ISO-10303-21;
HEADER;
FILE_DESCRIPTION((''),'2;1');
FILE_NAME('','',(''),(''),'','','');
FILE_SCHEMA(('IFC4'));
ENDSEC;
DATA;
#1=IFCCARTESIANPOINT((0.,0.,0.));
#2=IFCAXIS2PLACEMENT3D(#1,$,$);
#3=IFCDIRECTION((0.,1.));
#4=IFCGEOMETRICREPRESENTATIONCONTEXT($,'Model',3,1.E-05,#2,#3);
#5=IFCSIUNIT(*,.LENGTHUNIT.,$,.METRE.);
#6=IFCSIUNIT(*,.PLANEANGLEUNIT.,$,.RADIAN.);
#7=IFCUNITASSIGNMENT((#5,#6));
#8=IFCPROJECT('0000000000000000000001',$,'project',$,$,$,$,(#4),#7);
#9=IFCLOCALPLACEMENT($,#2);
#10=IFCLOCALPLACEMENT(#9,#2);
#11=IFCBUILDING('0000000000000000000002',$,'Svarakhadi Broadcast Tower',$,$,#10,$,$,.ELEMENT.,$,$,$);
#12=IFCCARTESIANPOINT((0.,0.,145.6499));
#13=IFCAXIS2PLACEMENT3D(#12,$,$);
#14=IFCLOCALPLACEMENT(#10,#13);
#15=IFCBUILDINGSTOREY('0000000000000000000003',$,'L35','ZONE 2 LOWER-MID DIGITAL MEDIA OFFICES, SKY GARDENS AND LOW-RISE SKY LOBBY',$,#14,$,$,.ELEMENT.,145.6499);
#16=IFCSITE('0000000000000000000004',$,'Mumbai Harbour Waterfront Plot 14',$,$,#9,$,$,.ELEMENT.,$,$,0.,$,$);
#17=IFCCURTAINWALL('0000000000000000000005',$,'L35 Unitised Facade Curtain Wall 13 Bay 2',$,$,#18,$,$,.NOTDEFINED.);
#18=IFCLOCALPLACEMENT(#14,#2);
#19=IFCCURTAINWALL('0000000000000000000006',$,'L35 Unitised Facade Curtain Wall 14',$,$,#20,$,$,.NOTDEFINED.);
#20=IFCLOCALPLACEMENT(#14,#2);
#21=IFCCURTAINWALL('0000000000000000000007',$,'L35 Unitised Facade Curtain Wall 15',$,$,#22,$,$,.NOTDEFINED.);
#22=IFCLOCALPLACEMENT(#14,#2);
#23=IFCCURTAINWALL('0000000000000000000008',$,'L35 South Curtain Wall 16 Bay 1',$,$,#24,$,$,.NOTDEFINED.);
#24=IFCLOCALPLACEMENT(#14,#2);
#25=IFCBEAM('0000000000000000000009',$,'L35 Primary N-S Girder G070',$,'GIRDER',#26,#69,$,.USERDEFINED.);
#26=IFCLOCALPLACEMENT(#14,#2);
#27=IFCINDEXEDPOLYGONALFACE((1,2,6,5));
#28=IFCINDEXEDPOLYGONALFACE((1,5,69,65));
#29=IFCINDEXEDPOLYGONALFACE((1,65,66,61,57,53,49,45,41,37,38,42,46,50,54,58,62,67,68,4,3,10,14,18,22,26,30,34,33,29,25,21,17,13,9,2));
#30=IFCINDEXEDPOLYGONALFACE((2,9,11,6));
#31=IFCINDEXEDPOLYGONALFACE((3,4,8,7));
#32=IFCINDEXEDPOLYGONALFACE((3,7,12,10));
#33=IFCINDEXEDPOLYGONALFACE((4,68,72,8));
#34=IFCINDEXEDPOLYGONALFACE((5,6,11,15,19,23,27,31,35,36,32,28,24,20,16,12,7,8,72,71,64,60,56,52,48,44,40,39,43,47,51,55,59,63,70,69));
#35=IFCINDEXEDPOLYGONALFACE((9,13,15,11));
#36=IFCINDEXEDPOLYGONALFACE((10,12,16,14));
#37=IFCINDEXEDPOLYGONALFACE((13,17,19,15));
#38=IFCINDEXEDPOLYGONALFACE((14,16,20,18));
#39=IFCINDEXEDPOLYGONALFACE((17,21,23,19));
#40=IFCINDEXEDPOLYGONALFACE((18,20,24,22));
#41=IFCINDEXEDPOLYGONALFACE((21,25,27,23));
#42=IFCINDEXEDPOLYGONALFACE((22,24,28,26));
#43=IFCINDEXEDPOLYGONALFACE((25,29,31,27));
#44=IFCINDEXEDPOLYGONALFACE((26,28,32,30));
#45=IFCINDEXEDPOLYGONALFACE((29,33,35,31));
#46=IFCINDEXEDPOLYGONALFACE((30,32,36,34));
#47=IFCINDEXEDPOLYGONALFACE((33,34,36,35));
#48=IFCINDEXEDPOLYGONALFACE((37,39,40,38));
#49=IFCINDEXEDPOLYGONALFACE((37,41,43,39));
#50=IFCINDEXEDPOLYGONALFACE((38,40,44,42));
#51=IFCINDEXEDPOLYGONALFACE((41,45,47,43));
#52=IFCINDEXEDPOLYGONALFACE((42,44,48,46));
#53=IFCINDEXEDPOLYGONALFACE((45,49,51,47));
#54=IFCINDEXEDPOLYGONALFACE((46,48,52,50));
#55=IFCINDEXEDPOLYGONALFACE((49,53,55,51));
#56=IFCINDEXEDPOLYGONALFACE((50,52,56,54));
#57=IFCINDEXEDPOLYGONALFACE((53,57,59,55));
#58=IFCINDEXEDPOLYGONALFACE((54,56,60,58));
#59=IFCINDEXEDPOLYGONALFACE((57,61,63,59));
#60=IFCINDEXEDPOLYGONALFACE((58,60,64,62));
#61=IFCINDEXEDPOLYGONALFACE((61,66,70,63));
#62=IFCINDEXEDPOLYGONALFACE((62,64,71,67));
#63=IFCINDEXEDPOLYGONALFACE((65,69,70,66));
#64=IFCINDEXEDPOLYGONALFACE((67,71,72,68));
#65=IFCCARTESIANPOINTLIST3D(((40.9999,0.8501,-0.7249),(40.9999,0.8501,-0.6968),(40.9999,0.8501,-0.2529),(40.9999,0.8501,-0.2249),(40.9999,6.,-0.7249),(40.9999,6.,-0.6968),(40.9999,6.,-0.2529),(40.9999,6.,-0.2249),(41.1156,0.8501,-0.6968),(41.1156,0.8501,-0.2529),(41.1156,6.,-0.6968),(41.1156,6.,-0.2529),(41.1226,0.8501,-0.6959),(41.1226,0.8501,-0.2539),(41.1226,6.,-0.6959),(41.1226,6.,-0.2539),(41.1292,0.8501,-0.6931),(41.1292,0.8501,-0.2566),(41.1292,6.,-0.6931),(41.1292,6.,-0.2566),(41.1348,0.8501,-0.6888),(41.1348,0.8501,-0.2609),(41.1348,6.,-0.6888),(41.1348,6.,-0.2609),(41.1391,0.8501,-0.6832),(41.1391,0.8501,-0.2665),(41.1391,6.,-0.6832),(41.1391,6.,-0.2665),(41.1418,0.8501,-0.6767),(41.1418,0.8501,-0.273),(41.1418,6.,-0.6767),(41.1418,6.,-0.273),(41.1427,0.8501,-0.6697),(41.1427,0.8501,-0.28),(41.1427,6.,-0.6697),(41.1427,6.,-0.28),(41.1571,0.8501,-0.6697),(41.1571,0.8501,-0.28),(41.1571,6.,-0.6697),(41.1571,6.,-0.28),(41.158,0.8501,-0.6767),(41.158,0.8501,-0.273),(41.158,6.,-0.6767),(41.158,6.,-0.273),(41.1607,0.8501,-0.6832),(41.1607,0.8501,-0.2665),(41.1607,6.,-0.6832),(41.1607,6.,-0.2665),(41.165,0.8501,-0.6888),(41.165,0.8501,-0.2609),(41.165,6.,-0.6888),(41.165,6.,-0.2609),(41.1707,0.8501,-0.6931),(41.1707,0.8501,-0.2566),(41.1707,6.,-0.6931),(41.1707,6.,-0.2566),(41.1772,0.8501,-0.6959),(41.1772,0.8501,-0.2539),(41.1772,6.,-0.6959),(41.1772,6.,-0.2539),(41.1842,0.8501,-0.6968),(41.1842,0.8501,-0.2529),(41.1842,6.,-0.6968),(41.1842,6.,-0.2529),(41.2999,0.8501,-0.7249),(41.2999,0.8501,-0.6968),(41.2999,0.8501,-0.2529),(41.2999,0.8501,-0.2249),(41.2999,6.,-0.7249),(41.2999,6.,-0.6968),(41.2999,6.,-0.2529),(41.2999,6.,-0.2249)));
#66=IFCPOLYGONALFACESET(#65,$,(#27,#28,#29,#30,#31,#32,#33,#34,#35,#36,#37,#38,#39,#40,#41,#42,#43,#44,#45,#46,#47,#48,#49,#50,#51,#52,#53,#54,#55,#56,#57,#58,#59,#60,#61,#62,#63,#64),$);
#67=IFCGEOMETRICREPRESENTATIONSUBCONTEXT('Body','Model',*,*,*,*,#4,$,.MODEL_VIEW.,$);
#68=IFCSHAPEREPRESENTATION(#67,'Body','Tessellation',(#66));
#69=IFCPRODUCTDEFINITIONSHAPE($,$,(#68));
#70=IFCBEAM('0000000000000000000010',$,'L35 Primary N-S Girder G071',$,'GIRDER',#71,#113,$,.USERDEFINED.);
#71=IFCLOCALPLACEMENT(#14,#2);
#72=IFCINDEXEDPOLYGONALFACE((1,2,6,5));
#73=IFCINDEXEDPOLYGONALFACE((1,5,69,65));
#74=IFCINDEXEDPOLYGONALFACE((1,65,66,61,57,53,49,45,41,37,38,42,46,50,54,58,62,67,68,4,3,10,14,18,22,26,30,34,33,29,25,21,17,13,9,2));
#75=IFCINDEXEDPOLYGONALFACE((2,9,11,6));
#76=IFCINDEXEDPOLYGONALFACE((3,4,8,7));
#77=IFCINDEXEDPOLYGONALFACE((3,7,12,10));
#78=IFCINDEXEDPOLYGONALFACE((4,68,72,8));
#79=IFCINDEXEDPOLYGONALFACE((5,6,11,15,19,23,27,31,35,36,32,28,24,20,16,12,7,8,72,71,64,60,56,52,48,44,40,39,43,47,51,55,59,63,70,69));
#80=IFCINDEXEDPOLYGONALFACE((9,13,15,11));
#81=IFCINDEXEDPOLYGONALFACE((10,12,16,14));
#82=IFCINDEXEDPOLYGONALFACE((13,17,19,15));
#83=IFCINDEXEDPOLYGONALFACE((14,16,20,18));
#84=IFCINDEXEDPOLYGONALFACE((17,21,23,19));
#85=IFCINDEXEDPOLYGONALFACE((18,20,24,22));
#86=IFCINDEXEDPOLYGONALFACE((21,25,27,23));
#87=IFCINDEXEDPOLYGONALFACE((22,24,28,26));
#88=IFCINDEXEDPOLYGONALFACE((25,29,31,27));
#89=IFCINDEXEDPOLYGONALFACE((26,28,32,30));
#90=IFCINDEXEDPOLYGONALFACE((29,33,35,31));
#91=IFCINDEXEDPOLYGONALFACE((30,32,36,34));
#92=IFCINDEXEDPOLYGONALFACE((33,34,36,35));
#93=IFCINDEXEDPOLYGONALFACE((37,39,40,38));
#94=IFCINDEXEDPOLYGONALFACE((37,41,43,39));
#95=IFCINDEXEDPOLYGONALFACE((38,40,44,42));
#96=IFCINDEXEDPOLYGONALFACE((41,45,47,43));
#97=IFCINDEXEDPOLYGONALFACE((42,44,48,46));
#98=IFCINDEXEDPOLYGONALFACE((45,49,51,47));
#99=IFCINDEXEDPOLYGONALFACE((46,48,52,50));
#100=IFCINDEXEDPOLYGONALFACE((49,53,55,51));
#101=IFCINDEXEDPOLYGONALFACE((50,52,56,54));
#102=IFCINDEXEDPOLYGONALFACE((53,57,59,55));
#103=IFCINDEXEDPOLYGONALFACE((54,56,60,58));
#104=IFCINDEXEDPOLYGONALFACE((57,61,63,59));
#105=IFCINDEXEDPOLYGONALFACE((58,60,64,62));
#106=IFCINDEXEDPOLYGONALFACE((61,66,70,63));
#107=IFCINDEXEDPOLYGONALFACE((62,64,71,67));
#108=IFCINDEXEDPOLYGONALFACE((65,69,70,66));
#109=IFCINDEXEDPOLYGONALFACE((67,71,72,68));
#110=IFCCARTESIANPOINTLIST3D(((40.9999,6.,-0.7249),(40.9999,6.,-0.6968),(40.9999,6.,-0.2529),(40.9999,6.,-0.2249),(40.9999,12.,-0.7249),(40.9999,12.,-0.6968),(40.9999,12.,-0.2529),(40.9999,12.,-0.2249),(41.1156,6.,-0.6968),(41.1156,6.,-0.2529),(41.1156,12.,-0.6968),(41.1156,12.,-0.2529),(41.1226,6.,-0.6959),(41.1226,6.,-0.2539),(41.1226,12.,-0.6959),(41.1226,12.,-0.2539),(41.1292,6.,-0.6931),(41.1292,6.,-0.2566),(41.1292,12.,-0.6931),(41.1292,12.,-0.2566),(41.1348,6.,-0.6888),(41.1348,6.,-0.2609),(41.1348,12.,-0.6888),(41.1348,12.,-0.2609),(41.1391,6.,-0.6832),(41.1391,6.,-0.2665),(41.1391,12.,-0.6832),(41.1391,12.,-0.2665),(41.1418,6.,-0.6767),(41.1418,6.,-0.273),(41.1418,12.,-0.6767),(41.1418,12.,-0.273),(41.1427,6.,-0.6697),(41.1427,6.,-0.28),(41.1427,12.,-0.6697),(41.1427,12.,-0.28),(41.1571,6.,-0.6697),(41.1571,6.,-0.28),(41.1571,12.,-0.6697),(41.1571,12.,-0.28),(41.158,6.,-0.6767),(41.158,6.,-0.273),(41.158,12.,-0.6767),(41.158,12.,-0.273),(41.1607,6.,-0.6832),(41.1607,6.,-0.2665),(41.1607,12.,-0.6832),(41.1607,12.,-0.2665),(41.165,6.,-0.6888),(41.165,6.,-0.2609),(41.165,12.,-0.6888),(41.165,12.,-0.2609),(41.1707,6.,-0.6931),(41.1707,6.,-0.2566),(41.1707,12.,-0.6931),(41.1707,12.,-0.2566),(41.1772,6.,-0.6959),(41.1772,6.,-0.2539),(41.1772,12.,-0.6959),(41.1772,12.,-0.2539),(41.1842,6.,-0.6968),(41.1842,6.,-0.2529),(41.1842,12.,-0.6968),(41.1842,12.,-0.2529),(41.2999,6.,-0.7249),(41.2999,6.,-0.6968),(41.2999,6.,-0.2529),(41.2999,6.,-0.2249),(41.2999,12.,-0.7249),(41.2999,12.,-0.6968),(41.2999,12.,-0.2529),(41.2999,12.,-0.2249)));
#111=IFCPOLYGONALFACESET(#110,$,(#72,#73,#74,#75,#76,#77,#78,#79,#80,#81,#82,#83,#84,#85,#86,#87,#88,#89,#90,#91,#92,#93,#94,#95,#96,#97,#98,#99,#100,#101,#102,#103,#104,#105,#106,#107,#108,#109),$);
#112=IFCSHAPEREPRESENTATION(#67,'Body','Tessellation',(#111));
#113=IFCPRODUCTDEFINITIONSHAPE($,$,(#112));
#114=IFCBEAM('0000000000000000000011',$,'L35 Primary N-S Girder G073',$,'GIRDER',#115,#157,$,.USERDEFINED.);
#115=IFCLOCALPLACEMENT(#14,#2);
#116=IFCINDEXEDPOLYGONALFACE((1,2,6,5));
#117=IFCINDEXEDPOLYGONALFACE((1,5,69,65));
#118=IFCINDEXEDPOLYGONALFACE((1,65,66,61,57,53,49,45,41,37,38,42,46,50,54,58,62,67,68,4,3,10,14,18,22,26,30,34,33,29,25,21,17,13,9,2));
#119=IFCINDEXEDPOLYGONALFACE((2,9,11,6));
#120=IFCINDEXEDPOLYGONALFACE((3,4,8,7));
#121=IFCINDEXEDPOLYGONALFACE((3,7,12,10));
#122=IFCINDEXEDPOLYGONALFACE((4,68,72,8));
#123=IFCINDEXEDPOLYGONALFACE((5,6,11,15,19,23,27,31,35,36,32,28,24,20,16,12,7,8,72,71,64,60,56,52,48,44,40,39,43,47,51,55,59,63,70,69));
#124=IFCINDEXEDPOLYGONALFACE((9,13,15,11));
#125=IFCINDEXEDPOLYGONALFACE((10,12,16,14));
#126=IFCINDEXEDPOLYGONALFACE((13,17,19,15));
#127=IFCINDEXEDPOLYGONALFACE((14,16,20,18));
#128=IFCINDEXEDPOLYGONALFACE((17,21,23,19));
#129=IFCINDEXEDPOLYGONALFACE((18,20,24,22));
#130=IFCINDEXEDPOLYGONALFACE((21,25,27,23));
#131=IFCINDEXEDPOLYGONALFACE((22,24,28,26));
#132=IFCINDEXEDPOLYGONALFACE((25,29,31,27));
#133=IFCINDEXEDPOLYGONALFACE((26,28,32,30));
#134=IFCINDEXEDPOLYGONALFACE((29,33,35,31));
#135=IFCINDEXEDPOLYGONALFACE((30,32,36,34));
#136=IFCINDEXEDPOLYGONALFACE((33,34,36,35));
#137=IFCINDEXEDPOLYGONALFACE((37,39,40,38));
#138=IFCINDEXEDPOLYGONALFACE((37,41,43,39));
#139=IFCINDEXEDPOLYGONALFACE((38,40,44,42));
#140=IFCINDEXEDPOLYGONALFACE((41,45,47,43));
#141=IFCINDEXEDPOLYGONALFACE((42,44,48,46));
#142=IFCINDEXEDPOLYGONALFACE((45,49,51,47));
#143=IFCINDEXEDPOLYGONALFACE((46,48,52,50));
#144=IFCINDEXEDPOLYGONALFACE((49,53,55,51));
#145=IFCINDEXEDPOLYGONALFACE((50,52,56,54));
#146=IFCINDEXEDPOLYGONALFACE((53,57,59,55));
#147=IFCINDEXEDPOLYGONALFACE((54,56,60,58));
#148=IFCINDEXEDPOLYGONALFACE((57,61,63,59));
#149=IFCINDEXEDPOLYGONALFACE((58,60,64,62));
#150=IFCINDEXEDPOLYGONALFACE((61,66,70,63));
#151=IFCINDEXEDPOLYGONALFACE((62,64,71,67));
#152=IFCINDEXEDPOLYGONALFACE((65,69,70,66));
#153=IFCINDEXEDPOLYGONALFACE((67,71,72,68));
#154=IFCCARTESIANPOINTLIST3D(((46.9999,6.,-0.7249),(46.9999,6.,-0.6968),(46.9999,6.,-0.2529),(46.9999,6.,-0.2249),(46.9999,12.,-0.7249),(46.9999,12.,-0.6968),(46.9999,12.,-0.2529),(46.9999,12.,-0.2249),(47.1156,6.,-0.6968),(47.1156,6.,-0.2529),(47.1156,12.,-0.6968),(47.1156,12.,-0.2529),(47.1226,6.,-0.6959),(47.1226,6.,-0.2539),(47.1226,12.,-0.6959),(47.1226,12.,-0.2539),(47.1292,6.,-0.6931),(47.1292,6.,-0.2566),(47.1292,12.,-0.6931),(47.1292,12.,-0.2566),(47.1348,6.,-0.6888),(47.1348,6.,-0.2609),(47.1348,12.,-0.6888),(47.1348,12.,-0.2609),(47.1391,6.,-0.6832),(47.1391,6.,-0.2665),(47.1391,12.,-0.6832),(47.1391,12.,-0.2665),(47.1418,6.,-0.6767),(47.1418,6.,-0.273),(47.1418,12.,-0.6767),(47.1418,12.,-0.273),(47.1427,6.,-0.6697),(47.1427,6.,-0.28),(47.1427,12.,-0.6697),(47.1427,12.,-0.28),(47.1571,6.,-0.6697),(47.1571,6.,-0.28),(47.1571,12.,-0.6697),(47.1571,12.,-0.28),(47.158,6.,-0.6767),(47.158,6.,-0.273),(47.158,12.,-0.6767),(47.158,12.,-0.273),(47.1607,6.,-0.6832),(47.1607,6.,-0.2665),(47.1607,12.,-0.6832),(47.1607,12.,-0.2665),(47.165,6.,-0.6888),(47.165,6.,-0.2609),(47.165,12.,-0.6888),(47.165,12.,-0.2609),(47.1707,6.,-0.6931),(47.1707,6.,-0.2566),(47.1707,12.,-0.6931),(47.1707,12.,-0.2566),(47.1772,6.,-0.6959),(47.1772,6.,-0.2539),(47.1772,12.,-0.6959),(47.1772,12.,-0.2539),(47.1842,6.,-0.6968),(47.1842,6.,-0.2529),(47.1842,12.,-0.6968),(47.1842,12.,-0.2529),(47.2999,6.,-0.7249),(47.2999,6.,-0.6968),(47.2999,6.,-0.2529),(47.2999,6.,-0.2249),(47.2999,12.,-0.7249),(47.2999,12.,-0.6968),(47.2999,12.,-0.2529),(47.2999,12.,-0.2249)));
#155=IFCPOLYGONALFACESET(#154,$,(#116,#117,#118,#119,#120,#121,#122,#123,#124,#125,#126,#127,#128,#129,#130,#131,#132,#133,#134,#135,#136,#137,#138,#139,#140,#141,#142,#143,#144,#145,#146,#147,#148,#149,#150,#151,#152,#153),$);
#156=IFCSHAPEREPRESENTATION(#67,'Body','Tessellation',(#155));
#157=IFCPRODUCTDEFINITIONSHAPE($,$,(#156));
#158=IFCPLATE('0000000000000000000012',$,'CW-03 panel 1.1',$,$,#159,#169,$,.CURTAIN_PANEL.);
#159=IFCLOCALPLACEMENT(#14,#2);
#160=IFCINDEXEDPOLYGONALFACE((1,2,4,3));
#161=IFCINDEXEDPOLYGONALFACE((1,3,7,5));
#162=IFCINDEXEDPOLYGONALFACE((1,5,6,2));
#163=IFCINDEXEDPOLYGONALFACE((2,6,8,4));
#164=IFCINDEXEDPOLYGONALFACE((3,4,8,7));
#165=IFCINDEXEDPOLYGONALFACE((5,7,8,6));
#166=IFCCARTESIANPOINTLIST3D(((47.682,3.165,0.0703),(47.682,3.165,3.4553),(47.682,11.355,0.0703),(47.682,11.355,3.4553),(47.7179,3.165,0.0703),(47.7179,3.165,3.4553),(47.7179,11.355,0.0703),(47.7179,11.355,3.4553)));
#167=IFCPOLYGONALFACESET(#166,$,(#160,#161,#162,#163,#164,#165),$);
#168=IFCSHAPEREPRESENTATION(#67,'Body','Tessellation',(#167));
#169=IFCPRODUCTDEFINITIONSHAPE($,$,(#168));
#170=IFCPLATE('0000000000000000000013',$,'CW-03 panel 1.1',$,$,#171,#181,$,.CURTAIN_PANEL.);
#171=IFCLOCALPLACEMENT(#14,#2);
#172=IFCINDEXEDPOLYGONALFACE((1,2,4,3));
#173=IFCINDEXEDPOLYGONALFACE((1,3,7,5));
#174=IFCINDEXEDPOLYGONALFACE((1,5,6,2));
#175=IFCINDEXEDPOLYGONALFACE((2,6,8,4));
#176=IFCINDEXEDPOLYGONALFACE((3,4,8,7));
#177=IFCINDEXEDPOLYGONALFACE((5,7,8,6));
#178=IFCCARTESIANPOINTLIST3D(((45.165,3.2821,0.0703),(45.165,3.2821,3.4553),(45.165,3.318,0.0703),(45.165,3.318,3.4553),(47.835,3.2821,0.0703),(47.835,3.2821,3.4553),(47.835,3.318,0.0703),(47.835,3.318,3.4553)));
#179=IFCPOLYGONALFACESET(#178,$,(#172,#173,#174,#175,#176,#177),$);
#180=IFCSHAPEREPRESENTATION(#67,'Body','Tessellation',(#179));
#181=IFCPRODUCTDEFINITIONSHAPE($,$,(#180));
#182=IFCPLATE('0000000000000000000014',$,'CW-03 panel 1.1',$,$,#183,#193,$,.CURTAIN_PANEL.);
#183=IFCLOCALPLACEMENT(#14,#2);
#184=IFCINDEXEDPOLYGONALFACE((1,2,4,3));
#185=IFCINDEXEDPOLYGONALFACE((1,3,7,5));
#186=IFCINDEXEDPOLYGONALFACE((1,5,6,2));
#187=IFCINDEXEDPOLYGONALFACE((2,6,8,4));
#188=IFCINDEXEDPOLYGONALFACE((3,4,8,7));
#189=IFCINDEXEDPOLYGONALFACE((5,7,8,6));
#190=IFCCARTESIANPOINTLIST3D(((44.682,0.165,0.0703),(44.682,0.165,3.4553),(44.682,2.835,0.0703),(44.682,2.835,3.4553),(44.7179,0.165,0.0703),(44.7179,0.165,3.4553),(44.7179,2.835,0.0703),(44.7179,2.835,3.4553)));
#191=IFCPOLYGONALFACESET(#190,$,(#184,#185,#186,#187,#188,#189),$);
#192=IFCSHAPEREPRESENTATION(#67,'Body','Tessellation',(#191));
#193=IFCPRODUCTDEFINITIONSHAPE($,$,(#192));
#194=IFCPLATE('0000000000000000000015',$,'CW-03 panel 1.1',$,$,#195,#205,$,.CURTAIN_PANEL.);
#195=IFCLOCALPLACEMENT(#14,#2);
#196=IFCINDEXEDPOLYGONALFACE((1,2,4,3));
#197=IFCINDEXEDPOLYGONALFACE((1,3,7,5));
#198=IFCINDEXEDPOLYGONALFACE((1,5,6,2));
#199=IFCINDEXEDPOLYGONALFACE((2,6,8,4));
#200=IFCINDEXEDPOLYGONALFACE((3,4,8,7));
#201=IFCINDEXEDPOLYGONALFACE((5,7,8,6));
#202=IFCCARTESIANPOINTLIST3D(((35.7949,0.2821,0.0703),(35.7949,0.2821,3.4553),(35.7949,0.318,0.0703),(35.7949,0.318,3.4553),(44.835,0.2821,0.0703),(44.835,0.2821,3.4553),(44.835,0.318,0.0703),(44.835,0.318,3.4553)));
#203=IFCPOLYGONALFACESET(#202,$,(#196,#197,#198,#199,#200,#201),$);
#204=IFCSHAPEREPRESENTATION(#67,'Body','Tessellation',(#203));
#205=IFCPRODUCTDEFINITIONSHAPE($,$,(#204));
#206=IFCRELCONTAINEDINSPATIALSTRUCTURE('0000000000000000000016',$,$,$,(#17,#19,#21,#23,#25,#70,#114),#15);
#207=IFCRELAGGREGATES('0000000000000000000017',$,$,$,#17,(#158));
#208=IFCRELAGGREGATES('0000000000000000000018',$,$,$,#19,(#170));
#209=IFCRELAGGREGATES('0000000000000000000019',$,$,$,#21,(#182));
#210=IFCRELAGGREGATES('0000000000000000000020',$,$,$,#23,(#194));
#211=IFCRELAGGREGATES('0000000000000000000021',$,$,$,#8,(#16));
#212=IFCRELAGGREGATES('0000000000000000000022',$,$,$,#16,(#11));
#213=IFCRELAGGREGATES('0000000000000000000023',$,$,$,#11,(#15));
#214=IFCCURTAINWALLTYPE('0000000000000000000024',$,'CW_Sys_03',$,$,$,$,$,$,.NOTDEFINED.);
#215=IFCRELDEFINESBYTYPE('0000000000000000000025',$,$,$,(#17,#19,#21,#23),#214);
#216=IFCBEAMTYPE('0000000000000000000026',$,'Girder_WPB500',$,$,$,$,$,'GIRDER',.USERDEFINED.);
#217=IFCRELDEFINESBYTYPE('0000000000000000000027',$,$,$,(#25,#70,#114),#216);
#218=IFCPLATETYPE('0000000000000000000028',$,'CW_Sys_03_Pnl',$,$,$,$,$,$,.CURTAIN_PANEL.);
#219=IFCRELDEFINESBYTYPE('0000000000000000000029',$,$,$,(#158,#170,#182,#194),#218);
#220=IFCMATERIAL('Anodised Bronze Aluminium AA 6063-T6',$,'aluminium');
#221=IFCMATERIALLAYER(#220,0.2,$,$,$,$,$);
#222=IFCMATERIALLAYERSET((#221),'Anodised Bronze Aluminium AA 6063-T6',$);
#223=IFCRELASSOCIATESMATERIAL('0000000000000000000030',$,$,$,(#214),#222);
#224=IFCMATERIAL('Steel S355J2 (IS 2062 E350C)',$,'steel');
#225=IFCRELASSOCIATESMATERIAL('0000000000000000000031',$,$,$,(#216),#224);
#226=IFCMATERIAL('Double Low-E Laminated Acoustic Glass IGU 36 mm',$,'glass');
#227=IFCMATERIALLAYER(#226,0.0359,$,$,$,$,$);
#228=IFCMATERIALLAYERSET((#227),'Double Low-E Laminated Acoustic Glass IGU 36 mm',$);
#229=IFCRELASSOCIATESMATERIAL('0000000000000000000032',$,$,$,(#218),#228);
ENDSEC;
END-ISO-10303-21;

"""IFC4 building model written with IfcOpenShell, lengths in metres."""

from ifc_helpers import new_model, si_unit, direction, frame, origin, origin_2d, place, context, subcontext, project, spatial, rectangle, i_section, extrude, material, layer, layer_set, material_profile, profile_set, type_object, element, aggregate, save


model = new_model("IFC4")

# Units and contexts
model_context = context("Model", 3, precision=1e-05, world=origin(), true_north=direction((0.0, 1.0)))
body_context = subcontext(model_context, "Body", "Model", "MODEL_VIEW")
ifc_project = project(units=[si_unit("LENGTHUNIT", "METRE"), si_unit("PLANEANGLEUNIT", "RADIAN")], contexts=[model_context])

# Site, building, storey
site_placement = place(None, origin())
site = spatial("IfcSite", under=ifc_project, at=site_placement, Name="Mumbai Harbour Waterfront Plot 14", CompositionType="ELEMENT", RefElevation=0.0)
building_placement = place(site_placement, origin())
building = spatial("IfcBuilding", under=site, at=building_placement, Name="Svarakhadi Broadcast Tower", CompositionType="ELEMENT")
storey_placement = place(building_placement, frame((0.0, 0.0, 145.6499)))
storey = spatial("IfcBuildingStorey", under=building, at=storey_placement, Name="L35", Description="ZONE 2 LOWER-MID DIGITAL MEDIA OFFICES, SKY GARDENS AND LOW-RISE SKY LOBBY", CompositionType="ELEMENT", Elevation=145.6499)

# Shared definitions
ifc_material_1 = material(Name="Steel S355J2 (IS 2062 E350C)", Category="steel")

# Curtain walls
ifc_material_2 = material(Name="Anodised Bronze Aluminium AA 6063-T6", Category="aluminium")
ifc_layer_1 = layer(ifc_material_2, 0.2)
ifc_layer_set_1 = layer_set([ifc_layer_1], Name="Anodised Bronze Aluminium AA 6063-T6")
curtain_wall_type = type_object("IfcCurtainWallType", Name="CW_Sys_03", PredefinedType="NOTDEFINED", material=ifc_layer_set_1)
curtain_wall_1_placement = place(storey_placement, origin())
curtain_wall_1 = element("IfcCurtainWall", 1, at=curtain_wall_1_placement, inside=storey, type_object=curtain_wall_type, Name="L35 Unitised Facade Curtain Wall 13 Bay 2", PredefinedType="NOTDEFINED")
curtain_wall_2_placement = place(storey_placement, origin())
curtain_wall_2 = element("IfcCurtainWall", 2, at=curtain_wall_2_placement, inside=storey, type_object=curtain_wall_type, Name="L35 Unitised Facade Curtain Wall 14", PredefinedType="NOTDEFINED")
curtain_wall_3_placement = place(storey_placement, origin())
curtain_wall_3 = element("IfcCurtainWall", 3, at=curtain_wall_3_placement, inside=storey, type_object=curtain_wall_type, Name="L35 Unitised Facade Curtain Wall 15", PredefinedType="NOTDEFINED")

# Curtain wall
curtain_wall_4_placement = place(storey_placement, origin())
curtain_wall_4 = element("IfcCurtainWall", 4, at=curtain_wall_4_placement, inside=storey, type_object=curtain_wall_type, Name="L35 South Curtain Wall 16 Bay 1", PredefinedType="NOTDEFINED")

# Beams
ifc_material_profile_1 = material_profile(ifc_material_1, i_section(OverallWidth=0.3, OverallDepth=0.5, WebThickness=0.0144, FlangeThickness=0.0281, FilletRadius=0.0271, at=origin_2d()), Name="WPB 500x300x187")
ifc_profile_set_1 = profile_set([ifc_material_profile_1], Name="Steel S355J2 (IS 2062 E350C)")
beam_type_1 = type_object("IfcBeamType", Name="Girder_WPB500", ElementType="GIRDER", PredefinedType="USERDEFINED", material=ifc_profile_set_1)
beam_1_placement = place(storey_placement, frame((41.1499, 0.8501, -0.4749), z_axis=(0.0, 1.0, 0.0), x_axis=(-1.0, 0.0, 0.0)))
element("IfcBeam", 5, at=beam_1_placement, inside=storey, type_object=beam_type_1, Name="L35 Primary N-S Girder G070", ObjectType="GIRDER", PredefinedType="USERDEFINED", context=body_context, shape_type="SweptSolid", body=[
    extrude(i_section(OverallWidth=0.3, OverallDepth=0.5, WebThickness=0.0144, FlangeThickness=0.0281, FilletRadius=0.0271, at=origin_2d()), origin(), (0.0, 0.0, 1.0), 5.1499),
])
for number, where, z_axis, x_axis, name in (
    (6, (41.1499, 6.0, -0.4749), (0.0, 1.0, 0.0), (-1.0, 0.0, 0.0), "L35 Primary N-S Girder G071"),
    (7, (47.1499, 6.0, -0.4749), (0.0, 1.0, 0.0), (-1.0, 0.0, 0.0), "L35 Primary N-S Girder G073"),
):
    element("IfcBeam", number, at=place(storey_placement, frame(where, z_axis=z_axis, x_axis=x_axis)), inside=storey, type_object=beam_type_1, Name=name, ObjectType="GIRDER", PredefinedType="USERDEFINED", context=body_context, shape_type="SweptSolid", body=[
        extrude(i_section(OverallWidth=0.3, OverallDepth=0.5, WebThickness=0.0144, FlangeThickness=0.0281, FilletRadius=0.0271, at=origin_2d()), origin(), (0.0, 0.0, 1.0), 6.0),
    ])

# Plates
ifc_material_3 = material(Name="Double Low-E Laminated Acoustic Glass IGU 36 mm", Category="glass")
ifc_layer_2 = layer(ifc_material_3, 0.0359)
ifc_layer_set_2 = layer_set([ifc_layer_2], Name="Double Low-E Laminated Acoustic Glass IGU 36 mm")
plate_type = type_object("IfcPlateType", Name="CW_Sys_03_Pnl", PredefinedType="CURTAIN_PANEL", material=ifc_layer_set_2)
plate_1_placement = place(storey_placement, frame((47.7, 7.26, 0.0703), z_axis=(0.0, 0.0, 1.0), x_axis=(0.0, -1.0, 0.0)))
plate_1 = element("IfcPlate", 8, at=plate_1_placement, type_object=plate_type, Name="CW-03 panel 1.1", PredefinedType="CURTAIN_PANEL", context=body_context, shape_type="SweptSolid", body=[
    extrude(rectangle(XDim=8.1899, YDim=0.0359, at=origin_2d()), origin(), (0.0, 0.0, 1.0), 3.385),
])
aggregate(curtain_wall_1, [plate_1])
plate_2_placement = place(storey_placement, frame((46.5, 3.3, 0.0703), z_axis=(0.0, 0.0, 1.0), x_axis=(-1.0, 0.0, 0.0)))
plate_2 = element("IfcPlate", 9, at=plate_2_placement, type_object=plate_type, Name="CW-03 panel 1.1", PredefinedType="CURTAIN_PANEL", context=body_context, shape_type="SweptSolid", body=[
    extrude(rectangle(XDim=2.6699, YDim=0.0359, at=origin_2d()), origin(), (0.0, 0.0, 1.0), 3.385),
])
aggregate(curtain_wall_2, [plate_2])
plate_3_placement = place(storey_placement, frame((44.7, 1.5, 0.0703), z_axis=(0.0, 0.0, 1.0), x_axis=(0.0, -1.0, 0.0)))
plate_3 = element("IfcPlate", 10, at=plate_3_placement, type_object=plate_type, Name="CW-03 panel 1.1", PredefinedType="CURTAIN_PANEL", context=body_context, shape_type="SweptSolid", body=[
    extrude(rectangle(XDim=2.6699, YDim=0.0359, at=origin_2d()), origin(), (0.0, 0.0, 1.0), 3.385),
])
aggregate(curtain_wall_3, [plate_3])
plate_4_placement = place(storey_placement, frame((40.3149, 0.3, 0.0703), z_axis=(0.0, 0.0, 1.0), x_axis=(-1.0, 0.0, 0.0)))
plate_4 = element("IfcPlate", 11, at=plate_4_placement, type_object=plate_type, Name="CW-03 panel 1.1", PredefinedType="CURTAIN_PANEL", context=body_context, shape_type="SweptSolid", body=[
    extrude(rectangle(XDim=9.04, YDim=0.0359, at=origin_2d()), origin(), (0.0, 0.0, 1.0), 3.385),
])
aggregate(curtain_wall_4, [plate_4])

save(model, "model.ifc")
